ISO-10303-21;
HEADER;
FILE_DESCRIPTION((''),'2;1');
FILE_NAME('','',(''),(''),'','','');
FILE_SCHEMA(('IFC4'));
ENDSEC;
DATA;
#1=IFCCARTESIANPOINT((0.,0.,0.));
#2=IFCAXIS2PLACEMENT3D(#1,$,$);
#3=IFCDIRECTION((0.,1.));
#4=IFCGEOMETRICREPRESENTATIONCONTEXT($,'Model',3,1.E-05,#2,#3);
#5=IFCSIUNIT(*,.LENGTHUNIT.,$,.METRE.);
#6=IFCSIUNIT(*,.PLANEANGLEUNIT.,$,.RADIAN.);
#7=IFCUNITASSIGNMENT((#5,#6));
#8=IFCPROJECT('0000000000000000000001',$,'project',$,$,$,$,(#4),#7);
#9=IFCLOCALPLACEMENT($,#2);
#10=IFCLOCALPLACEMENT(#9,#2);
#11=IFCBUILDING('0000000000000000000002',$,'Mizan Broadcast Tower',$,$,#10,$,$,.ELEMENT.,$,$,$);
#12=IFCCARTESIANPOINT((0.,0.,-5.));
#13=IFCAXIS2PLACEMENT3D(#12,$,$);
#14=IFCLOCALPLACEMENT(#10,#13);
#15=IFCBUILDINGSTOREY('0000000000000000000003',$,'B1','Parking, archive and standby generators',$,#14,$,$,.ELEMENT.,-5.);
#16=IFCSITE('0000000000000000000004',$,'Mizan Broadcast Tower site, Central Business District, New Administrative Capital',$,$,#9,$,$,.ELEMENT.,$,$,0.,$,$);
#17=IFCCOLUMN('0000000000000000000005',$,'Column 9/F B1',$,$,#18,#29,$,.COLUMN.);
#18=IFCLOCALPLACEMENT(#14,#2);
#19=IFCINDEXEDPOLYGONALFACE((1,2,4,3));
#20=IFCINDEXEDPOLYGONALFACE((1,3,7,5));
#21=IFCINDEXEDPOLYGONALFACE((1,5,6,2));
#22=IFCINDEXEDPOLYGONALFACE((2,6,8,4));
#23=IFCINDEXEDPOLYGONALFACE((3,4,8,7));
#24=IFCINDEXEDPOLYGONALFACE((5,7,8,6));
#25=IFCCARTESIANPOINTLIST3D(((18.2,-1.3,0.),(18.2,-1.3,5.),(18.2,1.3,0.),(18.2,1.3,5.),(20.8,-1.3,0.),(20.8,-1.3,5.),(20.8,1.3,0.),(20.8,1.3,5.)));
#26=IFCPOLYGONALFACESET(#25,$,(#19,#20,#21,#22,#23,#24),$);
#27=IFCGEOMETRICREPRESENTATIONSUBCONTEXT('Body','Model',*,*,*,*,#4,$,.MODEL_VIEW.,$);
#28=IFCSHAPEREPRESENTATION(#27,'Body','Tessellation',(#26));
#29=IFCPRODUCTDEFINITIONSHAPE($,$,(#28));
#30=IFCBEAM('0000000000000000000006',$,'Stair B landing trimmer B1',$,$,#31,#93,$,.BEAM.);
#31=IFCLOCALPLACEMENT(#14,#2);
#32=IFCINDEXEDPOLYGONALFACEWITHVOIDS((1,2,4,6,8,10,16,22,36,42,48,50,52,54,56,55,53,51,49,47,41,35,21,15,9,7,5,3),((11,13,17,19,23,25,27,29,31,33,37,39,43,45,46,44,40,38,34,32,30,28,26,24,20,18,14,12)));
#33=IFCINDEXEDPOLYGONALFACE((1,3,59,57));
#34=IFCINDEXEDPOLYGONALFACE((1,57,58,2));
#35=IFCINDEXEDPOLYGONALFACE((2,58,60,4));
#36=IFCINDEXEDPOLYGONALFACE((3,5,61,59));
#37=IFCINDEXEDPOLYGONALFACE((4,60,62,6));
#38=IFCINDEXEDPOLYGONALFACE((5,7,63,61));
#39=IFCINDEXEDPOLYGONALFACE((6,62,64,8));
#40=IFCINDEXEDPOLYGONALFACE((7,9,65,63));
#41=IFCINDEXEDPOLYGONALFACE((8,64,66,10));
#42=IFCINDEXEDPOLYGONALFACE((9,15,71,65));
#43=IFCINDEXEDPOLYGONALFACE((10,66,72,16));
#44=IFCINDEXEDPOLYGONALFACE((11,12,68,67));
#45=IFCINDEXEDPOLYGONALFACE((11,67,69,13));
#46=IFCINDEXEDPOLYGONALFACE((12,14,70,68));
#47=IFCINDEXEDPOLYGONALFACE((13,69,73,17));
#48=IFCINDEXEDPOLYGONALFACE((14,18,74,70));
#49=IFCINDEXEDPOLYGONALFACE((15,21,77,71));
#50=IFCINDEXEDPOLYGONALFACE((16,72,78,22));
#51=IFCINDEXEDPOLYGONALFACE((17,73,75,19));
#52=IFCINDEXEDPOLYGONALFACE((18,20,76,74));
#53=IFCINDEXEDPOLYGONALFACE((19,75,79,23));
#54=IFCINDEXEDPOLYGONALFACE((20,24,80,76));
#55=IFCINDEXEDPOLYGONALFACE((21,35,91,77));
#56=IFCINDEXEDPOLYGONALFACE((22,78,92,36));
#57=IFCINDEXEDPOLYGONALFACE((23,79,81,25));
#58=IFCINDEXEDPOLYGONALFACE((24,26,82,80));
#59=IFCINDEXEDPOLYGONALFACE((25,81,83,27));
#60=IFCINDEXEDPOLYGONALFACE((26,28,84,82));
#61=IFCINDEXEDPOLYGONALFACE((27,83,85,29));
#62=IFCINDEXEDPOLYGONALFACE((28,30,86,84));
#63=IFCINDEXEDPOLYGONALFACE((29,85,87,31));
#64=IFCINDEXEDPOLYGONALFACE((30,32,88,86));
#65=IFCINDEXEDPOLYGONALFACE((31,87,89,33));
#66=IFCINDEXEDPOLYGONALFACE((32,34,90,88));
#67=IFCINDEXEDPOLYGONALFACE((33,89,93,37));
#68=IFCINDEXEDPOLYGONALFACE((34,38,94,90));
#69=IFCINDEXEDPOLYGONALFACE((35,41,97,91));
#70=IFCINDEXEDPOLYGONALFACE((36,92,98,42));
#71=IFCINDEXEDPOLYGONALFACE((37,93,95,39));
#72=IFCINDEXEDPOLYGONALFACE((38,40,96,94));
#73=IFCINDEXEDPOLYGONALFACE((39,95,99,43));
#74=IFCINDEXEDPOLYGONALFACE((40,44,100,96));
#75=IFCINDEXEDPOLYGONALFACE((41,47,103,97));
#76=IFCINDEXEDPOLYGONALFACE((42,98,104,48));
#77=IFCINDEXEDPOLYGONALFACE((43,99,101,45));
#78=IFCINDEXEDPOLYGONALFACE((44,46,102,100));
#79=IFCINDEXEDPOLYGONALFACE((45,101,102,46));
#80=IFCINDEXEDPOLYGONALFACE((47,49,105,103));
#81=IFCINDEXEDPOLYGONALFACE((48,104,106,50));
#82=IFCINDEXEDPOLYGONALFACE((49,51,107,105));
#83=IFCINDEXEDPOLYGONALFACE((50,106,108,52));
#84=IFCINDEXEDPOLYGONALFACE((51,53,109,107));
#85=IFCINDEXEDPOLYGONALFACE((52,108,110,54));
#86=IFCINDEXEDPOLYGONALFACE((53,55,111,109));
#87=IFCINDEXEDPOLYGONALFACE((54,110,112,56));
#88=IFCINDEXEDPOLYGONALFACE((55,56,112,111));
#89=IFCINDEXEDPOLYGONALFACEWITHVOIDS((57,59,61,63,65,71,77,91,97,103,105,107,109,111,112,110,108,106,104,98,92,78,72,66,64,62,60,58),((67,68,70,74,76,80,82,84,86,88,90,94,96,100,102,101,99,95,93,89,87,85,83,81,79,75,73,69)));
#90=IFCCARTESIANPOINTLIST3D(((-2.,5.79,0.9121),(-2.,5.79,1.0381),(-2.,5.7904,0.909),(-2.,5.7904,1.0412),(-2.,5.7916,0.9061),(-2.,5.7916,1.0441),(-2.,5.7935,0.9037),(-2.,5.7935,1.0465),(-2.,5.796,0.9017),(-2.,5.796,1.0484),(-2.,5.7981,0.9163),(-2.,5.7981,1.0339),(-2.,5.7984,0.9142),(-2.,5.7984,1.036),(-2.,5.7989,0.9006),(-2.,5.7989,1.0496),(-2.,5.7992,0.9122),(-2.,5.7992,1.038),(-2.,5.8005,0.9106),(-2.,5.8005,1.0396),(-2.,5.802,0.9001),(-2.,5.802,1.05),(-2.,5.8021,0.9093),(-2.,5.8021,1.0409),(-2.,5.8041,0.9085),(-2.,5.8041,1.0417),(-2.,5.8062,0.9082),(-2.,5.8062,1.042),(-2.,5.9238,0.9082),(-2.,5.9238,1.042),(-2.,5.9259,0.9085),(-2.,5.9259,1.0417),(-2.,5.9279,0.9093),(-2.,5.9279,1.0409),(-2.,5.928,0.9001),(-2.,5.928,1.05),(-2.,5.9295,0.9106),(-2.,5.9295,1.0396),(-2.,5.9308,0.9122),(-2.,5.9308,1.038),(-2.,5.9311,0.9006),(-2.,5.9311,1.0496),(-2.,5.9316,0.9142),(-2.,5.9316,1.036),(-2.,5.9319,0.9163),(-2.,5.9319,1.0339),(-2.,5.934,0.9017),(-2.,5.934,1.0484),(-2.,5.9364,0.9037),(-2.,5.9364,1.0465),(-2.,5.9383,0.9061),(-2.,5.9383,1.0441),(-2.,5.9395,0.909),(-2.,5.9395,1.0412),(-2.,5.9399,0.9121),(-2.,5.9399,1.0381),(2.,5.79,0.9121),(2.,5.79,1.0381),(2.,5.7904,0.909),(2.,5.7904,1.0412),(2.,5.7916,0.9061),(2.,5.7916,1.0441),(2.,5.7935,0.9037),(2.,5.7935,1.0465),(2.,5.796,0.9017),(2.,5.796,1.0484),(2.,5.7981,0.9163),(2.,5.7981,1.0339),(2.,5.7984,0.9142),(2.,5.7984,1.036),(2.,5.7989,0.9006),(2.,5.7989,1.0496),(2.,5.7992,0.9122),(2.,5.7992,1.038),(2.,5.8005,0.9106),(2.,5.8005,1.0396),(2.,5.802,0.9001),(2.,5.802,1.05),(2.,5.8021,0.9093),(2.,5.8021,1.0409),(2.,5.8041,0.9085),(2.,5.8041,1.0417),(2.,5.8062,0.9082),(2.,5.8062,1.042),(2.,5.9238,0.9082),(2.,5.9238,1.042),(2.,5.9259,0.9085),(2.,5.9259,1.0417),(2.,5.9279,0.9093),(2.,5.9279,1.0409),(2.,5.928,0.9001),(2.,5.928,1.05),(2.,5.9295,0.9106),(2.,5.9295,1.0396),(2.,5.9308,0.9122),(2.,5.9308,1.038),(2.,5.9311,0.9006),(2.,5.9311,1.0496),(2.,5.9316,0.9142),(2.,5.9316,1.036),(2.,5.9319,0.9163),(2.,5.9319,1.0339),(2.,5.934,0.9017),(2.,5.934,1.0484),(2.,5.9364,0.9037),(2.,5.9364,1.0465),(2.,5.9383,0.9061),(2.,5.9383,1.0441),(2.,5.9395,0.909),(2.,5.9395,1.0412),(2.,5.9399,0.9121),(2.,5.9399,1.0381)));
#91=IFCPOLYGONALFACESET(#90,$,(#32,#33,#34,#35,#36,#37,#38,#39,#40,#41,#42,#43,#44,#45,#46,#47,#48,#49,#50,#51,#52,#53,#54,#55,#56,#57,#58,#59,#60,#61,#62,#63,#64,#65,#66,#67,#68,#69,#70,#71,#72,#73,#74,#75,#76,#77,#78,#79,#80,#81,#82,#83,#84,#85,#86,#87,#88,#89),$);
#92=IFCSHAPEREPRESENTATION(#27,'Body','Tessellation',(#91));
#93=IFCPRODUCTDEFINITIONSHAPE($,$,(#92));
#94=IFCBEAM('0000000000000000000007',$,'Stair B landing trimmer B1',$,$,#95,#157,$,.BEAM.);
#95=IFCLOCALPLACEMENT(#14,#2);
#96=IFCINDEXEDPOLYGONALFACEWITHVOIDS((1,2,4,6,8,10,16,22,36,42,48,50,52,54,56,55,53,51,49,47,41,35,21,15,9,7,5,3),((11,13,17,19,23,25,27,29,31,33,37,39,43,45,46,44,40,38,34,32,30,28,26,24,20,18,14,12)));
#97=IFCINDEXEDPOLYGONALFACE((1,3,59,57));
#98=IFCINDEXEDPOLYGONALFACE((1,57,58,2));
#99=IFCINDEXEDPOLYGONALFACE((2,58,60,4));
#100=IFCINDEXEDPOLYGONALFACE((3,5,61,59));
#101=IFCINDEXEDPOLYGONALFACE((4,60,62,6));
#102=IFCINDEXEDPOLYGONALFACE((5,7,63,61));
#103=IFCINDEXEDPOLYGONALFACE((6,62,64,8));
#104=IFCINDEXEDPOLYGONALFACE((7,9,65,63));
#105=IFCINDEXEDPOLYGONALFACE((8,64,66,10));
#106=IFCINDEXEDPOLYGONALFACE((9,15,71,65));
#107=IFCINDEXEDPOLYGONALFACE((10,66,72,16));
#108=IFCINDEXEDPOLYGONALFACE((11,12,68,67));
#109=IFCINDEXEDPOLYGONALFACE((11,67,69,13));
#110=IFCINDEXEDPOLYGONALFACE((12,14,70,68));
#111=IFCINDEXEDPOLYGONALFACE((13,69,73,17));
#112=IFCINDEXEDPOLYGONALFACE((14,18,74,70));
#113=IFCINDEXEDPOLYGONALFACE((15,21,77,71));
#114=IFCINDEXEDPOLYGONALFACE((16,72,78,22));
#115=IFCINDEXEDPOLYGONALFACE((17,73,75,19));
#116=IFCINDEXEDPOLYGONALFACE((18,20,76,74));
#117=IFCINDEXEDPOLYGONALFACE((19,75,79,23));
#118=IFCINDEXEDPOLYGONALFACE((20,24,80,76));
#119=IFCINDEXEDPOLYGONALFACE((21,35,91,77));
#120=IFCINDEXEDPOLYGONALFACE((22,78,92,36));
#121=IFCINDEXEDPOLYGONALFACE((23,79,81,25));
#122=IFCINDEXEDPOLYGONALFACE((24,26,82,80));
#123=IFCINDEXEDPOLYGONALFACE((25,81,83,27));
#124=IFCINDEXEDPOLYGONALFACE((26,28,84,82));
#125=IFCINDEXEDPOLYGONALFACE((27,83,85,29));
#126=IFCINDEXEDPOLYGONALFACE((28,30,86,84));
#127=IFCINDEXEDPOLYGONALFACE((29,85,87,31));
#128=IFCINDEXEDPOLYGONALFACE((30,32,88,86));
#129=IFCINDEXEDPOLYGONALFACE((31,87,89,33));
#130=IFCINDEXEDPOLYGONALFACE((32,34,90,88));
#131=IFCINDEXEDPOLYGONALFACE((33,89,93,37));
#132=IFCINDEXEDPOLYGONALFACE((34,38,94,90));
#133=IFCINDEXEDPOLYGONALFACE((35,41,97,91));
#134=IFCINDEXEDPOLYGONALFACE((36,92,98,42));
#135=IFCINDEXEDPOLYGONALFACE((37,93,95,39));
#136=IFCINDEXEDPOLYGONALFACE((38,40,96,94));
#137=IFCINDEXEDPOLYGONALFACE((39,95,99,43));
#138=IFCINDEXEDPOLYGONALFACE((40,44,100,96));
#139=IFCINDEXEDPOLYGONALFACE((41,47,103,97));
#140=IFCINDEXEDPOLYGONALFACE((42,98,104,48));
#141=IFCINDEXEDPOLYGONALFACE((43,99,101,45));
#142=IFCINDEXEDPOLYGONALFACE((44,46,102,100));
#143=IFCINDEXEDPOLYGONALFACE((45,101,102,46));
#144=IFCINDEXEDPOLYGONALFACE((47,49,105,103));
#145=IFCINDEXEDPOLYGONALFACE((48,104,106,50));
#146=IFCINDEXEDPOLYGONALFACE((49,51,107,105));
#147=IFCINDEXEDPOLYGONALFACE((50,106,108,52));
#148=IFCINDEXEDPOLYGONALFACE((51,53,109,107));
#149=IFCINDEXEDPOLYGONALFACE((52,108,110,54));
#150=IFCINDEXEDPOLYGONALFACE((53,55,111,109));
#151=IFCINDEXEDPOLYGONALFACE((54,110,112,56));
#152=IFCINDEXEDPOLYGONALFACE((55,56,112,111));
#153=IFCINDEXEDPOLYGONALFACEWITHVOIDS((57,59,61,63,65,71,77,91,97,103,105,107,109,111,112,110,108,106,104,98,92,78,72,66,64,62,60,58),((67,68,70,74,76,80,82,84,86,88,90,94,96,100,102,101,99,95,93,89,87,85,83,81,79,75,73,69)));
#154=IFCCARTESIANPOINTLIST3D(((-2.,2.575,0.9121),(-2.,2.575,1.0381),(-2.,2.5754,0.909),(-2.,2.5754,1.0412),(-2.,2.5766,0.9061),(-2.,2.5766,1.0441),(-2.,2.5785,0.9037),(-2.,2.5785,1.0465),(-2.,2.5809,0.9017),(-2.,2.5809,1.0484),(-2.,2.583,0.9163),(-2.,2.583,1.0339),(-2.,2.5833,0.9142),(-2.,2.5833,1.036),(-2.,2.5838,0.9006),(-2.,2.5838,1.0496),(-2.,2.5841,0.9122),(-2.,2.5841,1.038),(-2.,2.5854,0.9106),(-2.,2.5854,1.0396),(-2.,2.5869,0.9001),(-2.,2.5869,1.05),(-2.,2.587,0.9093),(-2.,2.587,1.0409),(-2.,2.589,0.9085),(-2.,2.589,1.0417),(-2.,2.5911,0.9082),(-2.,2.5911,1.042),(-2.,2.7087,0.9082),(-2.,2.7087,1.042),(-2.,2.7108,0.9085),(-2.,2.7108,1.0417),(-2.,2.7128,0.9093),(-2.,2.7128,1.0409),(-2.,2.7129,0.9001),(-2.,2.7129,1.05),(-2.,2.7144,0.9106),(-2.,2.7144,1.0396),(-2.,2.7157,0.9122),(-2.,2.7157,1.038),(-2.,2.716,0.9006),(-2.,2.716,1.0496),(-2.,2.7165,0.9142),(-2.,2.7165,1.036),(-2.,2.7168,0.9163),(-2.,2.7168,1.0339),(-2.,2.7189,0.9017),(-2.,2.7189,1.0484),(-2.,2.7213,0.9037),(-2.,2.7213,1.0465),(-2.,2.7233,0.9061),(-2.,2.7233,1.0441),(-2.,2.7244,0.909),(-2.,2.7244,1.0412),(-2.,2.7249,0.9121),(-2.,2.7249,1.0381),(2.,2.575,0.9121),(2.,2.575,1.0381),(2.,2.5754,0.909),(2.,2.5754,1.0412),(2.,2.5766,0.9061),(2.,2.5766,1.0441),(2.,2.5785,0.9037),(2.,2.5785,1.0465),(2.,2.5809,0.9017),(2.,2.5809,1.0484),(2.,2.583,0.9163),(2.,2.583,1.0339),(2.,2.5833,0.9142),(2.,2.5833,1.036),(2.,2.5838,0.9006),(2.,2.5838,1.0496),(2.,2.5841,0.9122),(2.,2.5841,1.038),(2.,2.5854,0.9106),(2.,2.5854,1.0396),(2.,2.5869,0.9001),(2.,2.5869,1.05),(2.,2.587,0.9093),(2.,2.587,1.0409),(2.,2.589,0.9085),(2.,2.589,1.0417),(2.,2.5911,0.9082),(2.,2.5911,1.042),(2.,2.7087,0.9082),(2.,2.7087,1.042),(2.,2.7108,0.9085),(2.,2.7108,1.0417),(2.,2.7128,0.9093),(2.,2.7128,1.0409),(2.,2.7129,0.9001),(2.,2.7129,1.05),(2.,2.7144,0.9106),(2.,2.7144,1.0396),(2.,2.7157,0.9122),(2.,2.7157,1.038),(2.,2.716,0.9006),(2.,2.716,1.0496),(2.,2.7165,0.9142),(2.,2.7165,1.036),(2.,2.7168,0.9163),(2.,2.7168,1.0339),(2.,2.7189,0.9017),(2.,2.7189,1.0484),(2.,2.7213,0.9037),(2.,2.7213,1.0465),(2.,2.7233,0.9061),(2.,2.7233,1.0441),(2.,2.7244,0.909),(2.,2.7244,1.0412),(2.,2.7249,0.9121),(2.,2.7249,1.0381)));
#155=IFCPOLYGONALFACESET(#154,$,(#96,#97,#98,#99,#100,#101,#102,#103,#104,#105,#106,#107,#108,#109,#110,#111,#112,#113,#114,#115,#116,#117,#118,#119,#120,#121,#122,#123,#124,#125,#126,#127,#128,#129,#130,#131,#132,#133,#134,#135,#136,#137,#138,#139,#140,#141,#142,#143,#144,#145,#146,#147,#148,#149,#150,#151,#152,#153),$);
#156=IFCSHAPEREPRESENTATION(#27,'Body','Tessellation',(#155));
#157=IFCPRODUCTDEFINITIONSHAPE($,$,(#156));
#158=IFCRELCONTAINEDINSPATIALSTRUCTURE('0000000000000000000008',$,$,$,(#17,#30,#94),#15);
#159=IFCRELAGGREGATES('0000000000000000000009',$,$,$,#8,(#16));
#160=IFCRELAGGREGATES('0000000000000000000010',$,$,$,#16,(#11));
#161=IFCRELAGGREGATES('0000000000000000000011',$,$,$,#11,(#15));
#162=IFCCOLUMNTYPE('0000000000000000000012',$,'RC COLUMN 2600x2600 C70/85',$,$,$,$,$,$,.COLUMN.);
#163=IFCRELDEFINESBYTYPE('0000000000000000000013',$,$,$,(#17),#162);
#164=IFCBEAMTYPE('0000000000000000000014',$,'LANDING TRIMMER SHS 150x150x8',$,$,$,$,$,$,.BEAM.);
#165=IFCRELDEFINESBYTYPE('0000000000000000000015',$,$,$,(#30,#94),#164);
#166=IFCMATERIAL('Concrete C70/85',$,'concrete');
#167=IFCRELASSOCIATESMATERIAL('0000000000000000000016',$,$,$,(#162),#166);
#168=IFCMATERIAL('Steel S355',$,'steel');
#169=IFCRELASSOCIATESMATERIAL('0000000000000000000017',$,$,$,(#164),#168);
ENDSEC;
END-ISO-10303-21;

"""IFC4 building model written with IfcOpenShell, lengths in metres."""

from ifc_helpers import new_model, si_unit, direction, frame, origin, origin_2d, place, context, subcontext, project, spatial, rectangle, hollow_rectangle, extrude, material, material_profile, profile_set, type_object, element, save


model = new_model("IFC4")

# Units and contexts
model_context = context("Model", 3, precision=1e-05, world=origin(), true_north=direction((0.0, 1.0)))
body_context = subcontext(model_context, "Body", "Model", "MODEL_VIEW")
ifc_project = project(units=[si_unit("LENGTHUNIT", "METRE"), si_unit("PLANEANGLEUNIT", "RADIAN")], contexts=[model_context])

# Site, building, storey
site_placement = place(None, origin())
site = spatial("IfcSite", under=ifc_project, at=site_placement, Name="Mizan Broadcast Tower site, Central Business District, New Administrative Capital", CompositionType="ELEMENT", RefElevation=0.0)
building_placement = place(site_placement, origin())
building = spatial("IfcBuilding", under=site, at=building_placement, Name="Mizan Broadcast Tower", CompositionType="ELEMENT")
storey_placement = place(building_placement, frame((0.0, 0.0, -5.0)))
storey = spatial("IfcBuildingStorey", under=building, at=storey_placement, Name="B1", Description="Parking, archive and standby generators", CompositionType="ELEMENT", Elevation=-5.0)

# Column
ifc_material_1 = material(Name="Concrete C70/85", Category="concrete")
ifc_material_profile_1 = material_profile(ifc_material_1, rectangle(XDim=2.6001, YDim=2.6001, at=origin_2d()), Name="RC 2600x2600")
ifc_profile_set_1 = profile_set([ifc_material_profile_1], Name="Concrete C70/85")
column_type = type_object("IfcColumnType", Name="RC COLUMN 2600x2600 C70/85", PredefinedType="COLUMN", material=ifc_profile_set_1)
column_placement = place(storey_placement, frame((19.5, 0.0, 0.0), z_axis=(0.0, 0.0, 1.0), x_axis=(1.0, 0.0, 0.0)))
element("IfcColumn", 1, at=column_placement, inside=storey, type_object=column_type, Name="Column 9/F B1", PredefinedType="COLUMN", context=body_context, shape_type="SweptSolid", body=[
    extrude(rectangle(XDim=2.6001, YDim=2.6001, at=origin_2d()), origin(), (0.0, 0.0, 1.0), 5.0),
])

# Beams
ifc_material_2 = material(Name="Steel S355", Category="steel")
ifc_material_profile_2 = material_profile(ifc_material_2, hollow_rectangle(XDim=0.1499, YDim=0.1499, WallThickness=0.0081, InnerFilletRadius=0.0081, OuterFilletRadius=0.012, at=origin_2d()), Name="SHS 150x150x8")
ifc_profile_set_2 = profile_set([ifc_material_profile_2], Name="Steel S355")
beam_type = type_object("IfcBeamType", Name="LANDING TRIMMER SHS 150x150x8", PredefinedType="BEAM", material=ifc_profile_set_2)
for number, where, z_axis, x_axis, name in (
    (2, (2.0, 5.865, 0.9751), (-1.0, 0.0, 0.0), (0.0, -1.0, 0.0), "Stair B landing trimmer B1"),
    (3, (2.0, 2.6499, 0.9751), (-1.0, 0.0, 0.0), (0.0, -1.0, 0.0), "Stair B landing trimmer B1"),
):
    element("IfcBeam", number, at=place(storey_placement, frame(where, z_axis=z_axis, x_axis=x_axis)), inside=storey, type_object=beam_type, Name=name, PredefinedType="BEAM", context=body_context, shape_type="SweptSolid", body=[
        extrude(hollow_rectangle(XDim=0.1499, YDim=0.1499, WallThickness=0.0081, InnerFilletRadius=0.0081, OuterFilletRadius=0.012, at=origin_2d()), origin(), (0.0, 0.0, 1.0), 4.0),
    ])

save(model, "model.ifc")
